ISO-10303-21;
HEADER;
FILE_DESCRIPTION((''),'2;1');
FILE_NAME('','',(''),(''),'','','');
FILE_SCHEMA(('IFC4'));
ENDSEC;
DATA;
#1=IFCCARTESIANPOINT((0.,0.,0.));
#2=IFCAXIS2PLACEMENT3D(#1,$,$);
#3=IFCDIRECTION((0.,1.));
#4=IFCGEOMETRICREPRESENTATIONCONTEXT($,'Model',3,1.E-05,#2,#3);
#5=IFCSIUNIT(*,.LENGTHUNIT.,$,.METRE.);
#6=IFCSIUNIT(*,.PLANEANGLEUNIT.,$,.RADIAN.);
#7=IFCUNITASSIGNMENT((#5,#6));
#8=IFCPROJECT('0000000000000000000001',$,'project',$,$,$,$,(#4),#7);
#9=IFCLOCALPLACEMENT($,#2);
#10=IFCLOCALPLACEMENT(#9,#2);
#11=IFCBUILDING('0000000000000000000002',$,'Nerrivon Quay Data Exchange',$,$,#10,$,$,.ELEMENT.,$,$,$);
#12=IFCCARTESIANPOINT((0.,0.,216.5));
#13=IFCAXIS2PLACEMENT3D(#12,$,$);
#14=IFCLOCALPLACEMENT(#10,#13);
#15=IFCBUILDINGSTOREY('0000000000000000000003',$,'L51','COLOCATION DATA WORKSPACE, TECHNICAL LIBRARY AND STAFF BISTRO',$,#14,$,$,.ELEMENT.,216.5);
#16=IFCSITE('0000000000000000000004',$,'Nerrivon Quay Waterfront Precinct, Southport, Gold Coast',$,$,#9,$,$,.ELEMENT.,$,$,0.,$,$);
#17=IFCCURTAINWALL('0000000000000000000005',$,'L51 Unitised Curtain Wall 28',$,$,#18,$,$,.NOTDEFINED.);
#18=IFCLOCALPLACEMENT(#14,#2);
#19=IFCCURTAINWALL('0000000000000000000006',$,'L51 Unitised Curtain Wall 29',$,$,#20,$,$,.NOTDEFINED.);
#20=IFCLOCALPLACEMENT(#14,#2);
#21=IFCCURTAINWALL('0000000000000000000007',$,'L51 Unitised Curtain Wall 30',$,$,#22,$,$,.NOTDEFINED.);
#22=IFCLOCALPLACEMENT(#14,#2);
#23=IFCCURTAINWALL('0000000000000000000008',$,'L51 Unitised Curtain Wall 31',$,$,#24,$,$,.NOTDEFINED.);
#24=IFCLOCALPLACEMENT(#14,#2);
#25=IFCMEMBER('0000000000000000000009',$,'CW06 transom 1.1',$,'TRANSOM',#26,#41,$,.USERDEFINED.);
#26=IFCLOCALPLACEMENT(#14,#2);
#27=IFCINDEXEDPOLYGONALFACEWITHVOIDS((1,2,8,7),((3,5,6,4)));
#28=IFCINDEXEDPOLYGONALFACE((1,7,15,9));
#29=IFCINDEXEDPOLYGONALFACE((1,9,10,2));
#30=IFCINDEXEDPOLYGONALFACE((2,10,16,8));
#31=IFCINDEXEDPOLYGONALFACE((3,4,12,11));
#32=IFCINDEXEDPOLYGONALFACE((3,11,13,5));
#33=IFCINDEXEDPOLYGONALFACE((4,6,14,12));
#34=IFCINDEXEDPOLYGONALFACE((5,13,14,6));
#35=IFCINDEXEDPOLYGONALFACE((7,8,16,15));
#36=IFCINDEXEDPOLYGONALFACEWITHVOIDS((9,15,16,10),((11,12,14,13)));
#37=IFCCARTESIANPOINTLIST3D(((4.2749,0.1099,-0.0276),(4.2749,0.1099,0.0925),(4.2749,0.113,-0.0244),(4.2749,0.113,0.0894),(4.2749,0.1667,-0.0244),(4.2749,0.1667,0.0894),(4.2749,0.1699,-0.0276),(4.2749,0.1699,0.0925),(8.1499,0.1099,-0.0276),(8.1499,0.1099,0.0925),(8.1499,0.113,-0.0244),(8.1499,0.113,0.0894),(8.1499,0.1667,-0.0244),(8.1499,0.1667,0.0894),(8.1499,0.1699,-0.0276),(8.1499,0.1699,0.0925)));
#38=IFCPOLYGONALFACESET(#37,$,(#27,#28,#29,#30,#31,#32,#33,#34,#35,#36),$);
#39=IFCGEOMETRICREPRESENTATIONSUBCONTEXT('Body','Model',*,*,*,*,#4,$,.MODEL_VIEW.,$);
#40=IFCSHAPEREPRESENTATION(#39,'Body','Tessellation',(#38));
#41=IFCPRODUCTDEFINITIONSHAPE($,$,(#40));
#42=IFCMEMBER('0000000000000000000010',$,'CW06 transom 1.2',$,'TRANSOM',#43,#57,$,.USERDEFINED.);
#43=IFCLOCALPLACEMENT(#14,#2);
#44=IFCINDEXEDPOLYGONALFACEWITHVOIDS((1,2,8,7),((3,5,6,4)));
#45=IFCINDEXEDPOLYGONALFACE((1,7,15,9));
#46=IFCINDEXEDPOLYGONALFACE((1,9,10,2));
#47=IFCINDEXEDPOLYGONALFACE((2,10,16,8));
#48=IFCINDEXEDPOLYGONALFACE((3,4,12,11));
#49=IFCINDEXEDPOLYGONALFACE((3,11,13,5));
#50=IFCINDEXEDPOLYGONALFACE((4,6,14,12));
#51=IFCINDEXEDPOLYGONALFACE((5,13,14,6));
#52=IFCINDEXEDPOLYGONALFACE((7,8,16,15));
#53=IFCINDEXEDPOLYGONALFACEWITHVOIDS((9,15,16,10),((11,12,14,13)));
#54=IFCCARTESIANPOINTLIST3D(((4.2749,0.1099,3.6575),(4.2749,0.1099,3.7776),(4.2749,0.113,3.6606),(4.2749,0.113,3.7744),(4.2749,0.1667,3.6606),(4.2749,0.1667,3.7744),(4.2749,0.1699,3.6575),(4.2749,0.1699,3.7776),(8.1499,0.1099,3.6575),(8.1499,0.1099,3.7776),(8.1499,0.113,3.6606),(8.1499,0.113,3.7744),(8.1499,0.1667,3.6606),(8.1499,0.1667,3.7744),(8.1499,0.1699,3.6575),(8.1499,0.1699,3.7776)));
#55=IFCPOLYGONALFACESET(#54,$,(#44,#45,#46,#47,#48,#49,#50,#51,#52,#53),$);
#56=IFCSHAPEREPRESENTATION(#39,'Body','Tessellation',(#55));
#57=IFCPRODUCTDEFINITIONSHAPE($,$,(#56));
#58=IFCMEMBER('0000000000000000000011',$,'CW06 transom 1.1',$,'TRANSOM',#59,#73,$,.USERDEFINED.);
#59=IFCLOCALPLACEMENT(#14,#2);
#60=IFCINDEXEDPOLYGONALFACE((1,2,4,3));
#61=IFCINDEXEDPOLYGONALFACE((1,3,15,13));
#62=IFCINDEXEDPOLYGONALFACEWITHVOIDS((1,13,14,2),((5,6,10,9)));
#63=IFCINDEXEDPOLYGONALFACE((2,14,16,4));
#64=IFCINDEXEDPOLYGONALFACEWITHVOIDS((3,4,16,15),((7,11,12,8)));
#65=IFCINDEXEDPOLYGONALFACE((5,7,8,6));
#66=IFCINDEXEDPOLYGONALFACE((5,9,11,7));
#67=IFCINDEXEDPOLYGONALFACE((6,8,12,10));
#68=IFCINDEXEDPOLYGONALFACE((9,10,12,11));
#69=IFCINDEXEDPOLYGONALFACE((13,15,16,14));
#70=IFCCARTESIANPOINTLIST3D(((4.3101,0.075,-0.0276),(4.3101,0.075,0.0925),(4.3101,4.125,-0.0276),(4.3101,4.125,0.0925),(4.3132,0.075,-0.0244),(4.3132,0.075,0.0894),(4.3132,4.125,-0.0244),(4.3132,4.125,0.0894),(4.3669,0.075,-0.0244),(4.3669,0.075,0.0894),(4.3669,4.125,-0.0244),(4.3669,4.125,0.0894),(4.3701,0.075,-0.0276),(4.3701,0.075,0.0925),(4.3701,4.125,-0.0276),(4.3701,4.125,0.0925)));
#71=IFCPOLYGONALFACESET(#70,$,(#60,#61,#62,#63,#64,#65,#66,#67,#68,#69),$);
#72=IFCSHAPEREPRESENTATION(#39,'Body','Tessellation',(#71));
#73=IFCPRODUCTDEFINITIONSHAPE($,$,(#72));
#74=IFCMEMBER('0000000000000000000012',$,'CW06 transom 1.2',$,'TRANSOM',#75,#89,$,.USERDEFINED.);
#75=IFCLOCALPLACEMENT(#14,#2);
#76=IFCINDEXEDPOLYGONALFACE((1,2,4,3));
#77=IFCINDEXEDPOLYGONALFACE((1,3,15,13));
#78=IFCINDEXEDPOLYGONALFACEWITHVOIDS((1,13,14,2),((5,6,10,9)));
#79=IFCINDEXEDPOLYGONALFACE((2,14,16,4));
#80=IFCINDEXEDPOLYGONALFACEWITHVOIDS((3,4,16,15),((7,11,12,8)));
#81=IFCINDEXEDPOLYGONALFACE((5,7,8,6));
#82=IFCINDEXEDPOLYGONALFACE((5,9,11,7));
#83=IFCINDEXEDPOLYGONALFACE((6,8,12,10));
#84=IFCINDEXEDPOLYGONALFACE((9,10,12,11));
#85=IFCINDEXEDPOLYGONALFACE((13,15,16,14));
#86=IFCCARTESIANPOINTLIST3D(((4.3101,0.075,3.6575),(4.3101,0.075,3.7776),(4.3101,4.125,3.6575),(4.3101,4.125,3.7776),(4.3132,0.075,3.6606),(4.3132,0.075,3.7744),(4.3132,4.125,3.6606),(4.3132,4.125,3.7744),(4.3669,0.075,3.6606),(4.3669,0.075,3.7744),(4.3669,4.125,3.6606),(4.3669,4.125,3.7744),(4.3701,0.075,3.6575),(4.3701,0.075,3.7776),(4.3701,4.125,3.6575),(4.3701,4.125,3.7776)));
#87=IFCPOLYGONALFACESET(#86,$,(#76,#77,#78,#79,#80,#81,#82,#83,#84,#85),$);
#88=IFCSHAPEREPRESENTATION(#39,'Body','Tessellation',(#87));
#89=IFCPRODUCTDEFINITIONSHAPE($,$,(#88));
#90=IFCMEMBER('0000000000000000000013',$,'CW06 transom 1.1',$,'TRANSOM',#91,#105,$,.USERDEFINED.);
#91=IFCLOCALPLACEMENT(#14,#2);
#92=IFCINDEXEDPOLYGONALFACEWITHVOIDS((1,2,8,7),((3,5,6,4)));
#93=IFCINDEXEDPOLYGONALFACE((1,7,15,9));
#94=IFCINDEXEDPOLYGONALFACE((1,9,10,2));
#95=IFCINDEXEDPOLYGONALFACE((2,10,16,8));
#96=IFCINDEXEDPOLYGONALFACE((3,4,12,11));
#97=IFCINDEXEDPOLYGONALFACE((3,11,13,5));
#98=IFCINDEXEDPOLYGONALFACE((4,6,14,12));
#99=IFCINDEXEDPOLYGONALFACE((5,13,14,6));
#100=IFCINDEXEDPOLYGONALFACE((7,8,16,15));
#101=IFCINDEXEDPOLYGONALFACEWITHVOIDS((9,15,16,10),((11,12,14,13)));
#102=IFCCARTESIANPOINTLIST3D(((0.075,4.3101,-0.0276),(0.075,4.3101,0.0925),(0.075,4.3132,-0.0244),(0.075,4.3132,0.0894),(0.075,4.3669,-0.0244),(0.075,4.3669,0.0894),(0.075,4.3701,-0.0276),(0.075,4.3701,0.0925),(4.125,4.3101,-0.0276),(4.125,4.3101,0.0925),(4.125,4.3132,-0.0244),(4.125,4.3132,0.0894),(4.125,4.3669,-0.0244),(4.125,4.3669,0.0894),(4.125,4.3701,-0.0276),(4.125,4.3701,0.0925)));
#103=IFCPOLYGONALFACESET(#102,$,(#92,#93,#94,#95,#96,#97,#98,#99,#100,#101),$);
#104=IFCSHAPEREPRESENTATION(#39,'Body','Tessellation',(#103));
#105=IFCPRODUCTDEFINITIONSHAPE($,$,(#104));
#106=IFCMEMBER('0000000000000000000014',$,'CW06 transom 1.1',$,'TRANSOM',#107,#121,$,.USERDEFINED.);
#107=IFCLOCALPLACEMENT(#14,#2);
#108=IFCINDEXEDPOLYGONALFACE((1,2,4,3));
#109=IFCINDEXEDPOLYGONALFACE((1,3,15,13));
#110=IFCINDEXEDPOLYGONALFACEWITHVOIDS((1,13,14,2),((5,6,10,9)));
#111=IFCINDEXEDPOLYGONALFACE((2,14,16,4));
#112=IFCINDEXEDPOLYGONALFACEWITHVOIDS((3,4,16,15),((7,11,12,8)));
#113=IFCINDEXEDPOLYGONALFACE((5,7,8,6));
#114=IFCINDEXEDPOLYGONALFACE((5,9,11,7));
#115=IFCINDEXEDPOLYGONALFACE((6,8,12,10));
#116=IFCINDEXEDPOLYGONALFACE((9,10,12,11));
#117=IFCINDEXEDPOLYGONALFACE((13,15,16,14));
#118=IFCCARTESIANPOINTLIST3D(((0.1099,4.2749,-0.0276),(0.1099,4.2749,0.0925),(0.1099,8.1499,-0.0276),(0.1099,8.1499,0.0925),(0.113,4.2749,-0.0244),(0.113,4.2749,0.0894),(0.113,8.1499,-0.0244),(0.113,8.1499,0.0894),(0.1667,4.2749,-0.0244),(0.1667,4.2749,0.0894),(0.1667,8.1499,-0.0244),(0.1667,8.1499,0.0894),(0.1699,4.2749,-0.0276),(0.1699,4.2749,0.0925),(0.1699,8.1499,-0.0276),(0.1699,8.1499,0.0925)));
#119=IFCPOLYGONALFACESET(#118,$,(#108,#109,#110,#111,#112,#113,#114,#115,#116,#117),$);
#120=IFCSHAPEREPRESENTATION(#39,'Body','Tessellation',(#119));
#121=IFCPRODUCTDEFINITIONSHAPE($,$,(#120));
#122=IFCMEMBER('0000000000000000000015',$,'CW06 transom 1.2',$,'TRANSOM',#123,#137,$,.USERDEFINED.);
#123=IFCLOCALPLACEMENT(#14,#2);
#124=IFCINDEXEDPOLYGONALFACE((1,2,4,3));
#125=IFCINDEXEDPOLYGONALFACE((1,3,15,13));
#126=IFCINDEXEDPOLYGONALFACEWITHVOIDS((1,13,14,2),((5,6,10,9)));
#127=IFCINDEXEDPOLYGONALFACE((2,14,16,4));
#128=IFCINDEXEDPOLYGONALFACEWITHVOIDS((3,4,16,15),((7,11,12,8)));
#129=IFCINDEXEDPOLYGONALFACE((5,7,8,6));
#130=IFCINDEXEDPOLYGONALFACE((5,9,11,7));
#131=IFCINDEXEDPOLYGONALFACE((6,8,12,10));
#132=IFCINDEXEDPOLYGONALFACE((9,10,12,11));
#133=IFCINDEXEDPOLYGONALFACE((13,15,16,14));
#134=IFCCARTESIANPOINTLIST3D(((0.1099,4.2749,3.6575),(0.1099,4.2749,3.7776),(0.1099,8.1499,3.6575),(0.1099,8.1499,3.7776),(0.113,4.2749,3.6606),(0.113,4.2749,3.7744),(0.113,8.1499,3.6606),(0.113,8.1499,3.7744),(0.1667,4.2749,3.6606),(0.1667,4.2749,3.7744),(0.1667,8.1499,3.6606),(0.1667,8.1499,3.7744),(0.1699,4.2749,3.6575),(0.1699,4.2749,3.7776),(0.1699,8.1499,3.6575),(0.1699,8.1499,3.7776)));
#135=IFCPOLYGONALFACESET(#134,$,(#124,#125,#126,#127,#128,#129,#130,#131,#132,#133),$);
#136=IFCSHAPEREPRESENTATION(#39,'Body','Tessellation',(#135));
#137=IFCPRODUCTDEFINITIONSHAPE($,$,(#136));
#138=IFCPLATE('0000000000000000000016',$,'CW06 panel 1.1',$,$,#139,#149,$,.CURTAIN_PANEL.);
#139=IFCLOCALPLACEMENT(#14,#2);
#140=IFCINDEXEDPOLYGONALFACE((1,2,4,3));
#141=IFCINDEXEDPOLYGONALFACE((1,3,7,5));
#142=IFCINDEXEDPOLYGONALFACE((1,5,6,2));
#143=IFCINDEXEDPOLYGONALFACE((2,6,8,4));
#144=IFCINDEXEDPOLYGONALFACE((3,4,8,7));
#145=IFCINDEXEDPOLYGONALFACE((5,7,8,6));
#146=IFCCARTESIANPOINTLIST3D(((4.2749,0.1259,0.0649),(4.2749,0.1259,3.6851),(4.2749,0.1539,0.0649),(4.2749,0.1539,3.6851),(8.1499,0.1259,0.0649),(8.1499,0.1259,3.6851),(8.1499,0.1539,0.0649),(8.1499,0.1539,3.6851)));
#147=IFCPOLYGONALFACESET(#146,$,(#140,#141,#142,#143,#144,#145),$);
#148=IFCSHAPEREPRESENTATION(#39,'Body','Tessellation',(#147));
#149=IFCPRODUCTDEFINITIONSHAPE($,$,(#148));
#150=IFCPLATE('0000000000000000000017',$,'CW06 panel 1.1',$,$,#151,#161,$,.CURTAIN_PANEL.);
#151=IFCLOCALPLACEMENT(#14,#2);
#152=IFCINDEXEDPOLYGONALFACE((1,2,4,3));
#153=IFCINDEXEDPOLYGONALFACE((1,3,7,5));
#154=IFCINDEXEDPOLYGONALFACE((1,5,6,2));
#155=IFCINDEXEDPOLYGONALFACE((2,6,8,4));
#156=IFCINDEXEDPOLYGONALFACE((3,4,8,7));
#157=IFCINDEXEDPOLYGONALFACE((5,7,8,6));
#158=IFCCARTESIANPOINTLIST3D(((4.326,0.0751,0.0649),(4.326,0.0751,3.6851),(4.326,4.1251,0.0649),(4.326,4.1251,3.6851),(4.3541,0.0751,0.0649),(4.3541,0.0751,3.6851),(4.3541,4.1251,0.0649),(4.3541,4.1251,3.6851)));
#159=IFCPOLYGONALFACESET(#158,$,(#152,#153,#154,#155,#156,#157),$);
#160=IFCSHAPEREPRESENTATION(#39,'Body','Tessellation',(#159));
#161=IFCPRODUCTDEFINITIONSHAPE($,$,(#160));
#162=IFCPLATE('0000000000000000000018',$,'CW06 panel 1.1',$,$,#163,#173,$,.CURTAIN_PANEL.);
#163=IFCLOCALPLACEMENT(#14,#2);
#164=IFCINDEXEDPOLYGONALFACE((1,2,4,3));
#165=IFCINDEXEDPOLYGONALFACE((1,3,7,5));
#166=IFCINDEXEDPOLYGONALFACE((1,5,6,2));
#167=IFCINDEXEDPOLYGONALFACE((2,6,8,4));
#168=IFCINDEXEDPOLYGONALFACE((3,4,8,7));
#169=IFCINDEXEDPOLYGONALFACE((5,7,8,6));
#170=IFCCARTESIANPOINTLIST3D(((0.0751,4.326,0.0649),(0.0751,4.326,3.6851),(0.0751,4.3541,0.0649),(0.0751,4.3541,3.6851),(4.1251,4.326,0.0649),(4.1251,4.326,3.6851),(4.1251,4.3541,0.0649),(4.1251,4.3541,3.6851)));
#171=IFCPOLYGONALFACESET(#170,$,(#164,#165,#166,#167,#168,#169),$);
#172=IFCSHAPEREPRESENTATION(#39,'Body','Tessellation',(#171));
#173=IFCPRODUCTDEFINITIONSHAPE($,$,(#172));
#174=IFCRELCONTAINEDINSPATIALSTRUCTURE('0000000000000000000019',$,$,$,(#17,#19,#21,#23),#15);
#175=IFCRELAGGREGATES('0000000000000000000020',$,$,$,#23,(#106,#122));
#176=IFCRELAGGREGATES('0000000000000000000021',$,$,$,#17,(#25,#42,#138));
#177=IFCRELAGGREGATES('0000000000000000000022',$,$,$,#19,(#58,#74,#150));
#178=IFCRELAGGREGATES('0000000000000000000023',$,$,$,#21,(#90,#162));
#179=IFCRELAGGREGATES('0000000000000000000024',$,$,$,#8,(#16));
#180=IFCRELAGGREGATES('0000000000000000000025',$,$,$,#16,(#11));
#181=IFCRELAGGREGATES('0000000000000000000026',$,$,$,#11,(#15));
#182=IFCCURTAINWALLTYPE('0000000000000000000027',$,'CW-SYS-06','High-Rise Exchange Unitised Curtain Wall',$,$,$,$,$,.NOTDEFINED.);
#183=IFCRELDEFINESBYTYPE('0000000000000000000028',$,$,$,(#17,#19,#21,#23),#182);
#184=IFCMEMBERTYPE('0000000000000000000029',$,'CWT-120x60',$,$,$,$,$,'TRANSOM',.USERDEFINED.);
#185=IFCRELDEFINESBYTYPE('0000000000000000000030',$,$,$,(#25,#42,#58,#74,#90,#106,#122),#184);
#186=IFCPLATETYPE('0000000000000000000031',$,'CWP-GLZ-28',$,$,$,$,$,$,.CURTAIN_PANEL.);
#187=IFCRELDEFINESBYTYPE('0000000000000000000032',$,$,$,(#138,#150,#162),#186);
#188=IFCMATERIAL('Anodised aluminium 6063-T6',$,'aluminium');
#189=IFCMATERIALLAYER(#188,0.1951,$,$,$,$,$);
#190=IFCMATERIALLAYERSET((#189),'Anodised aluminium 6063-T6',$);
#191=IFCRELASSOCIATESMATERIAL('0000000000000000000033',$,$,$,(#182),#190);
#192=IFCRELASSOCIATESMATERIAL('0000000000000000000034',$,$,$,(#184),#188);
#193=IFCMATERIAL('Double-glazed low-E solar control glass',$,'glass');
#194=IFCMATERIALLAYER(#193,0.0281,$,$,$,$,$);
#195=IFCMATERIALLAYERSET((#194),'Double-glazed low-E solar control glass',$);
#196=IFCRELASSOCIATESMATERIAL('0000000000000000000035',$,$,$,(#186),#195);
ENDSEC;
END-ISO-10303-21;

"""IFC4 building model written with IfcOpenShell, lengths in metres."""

from ifc_helpers import new_model, si_unit, direction, frame, origin, origin_2d, place, context, subcontext, project, spatial, rectangle, hollow_rectangle, extrude, material, layer, layer_set, material_profile, profile_set, type_object, element, aggregate, save


model = new_model("IFC4")

# Units and contexts
model_context = context("Model", 3, precision=1e-05, world=origin(), true_north=direction((0.0, 1.0)))
body_context = subcontext(model_context, "Body", "Model", "MODEL_VIEW")
ifc_project = project(units=[si_unit("LENGTHUNIT", "METRE"), si_unit("PLANEANGLEUNIT", "RADIAN")], contexts=[model_context])

# Site, building, storey
site_placement = place(None, origin())
site = spatial("IfcSite", under=ifc_project, at=site_placement, Name="Nerrivon Quay Waterfront Precinct, Southport, Gold Coast", CompositionType="ELEMENT", RefElevation=0.0)
building_placement = place(site_placement, origin())
building = spatial("IfcBuilding", under=site, at=building_placement, Name="Nerrivon Quay Data Exchange", CompositionType="ELEMENT")
storey_placement = place(building_placement, frame((0.0, 0.0, 216.5)))
storey = spatial("IfcBuildingStorey", under=building, at=storey_placement, Name="L51", Description="COLOCATION DATA WORKSPACE, TECHNICAL LIBRARY AND STAFF BISTRO", CompositionType="ELEMENT", Elevation=216.5)

# Shared definitions
ifc_material_1 = material(Name="Anodised aluminium 6063-T6", Category="aluminium")
ifc_layer_1 = layer(ifc_material_1, 0.1951)
ifc_layer_set_1 = layer_set([ifc_layer_1], Name="Anodised aluminium 6063-T6")
curtain_wall_type = type_object("IfcCurtainWallType", Name="CW-SYS-06", Description="High-Rise Exchange Unitised Curtain Wall", PredefinedType="NOTDEFINED", material=ifc_layer_set_1)

# Curtain walls
curtain_wall_1_placement = place(storey_placement, origin())
curtain_wall_1 = element("IfcCurtainWall", 1, at=curtain_wall_1_placement, inside=storey, type_object=curtain_wall_type, Name="L51 Unitised Curtain Wall 28", PredefinedType="NOTDEFINED")
curtain_wall_2_placement = place(storey_placement, origin())
curtain_wall_2 = element("IfcCurtainWall", 2, at=curtain_wall_2_placement, inside=storey, type_object=curtain_wall_type, Name="L51 Unitised Curtain Wall 29", PredefinedType="NOTDEFINED")

# Curtain walls
curtain_wall_3_placement = place(storey_placement, origin())
curtain_wall_3 = element("IfcCurtainWall", 3, at=curtain_wall_3_placement, inside=storey, type_object=curtain_wall_type, Name="L51 Unitised Curtain Wall 30", PredefinedType="NOTDEFINED")
curtain_wall_4_placement = place(storey_placement, origin())
curtain_wall_4 = element("IfcCurtainWall", 4, at=curtain_wall_4_placement, inside=storey, type_object=curtain_wall_type, Name="L51 Unitised Curtain Wall 31", PredefinedType="NOTDEFINED")

# Members
ifc_material_profile_1 = material_profile(ifc_material_1, hollow_rectangle(XDim=0.0601, YDim=0.1201, WallThickness=0.0032, at=origin_2d()), Name="ALU-TRAN-120x60")
ifc_profile_set_1 = profile_set([ifc_material_profile_1], Name="Anodised aluminium 6063-T6")
member_type_1 = type_object("IfcMemberType", Name="CWT-120x60", ElementType="TRANSOM", PredefinedType="USERDEFINED", material=ifc_profile_set_1)
member_1_placement = place(storey_placement, frame((8.1499, 0.1399, 0.0325), z_axis=(-1.0, 0.0, 0.0), x_axis=(0.0, -1.0, 0.0)))
member_1 = element("IfcMember", 5, at=member_1_placement, type_object=member_type_1, Name="CW06 transom 1.1", ObjectType="TRANSOM", PredefinedType="USERDEFINED", context=body_context, shape_type="SweptSolid", body=[
    extrude(hollow_rectangle(XDim=0.0601, YDim=0.1201, WallThickness=0.0032, at=origin_2d()), origin(), (0.0, 0.0, 1.0), 3.875),
])
member_2_placement = place(storey_placement, frame((8.1499, 0.1399, 3.7175), z_axis=(-1.0, 0.0, 0.0), x_axis=(0.0, -1.0, 0.0)))
member_2 = element("IfcMember", 6, at=member_2_placement, type_object=member_type_1, Name="CW06 transom 1.2", ObjectType="TRANSOM", PredefinedType="USERDEFINED", context=body_context, shape_type="SweptSolid", body=[
    extrude(hollow_rectangle(XDim=0.0601, YDim=0.1201, WallThickness=0.0032, at=origin_2d()), origin(), (0.0, 0.0, 1.0), 3.875),
])
member_3_placement = place(storey_placement, frame((4.3401, 0.075, 0.0325), z_axis=(0.0, 1.0, 0.0), x_axis=(-1.0, 0.0, 0.0)))
member_3 = element("IfcMember", 7, at=member_3_placement, type_object=member_type_1, Name="CW06 transom 1.1", ObjectType="TRANSOM", PredefinedType="USERDEFINED", context=body_context, shape_type="SweptSolid", body=[
    extrude(hollow_rectangle(XDim=0.0601, YDim=0.1201, WallThickness=0.0032, at=origin_2d()), origin(), (0.0, 0.0, 1.0), 4.05),
])
member_4_placement = place(storey_placement, frame((4.3401, 0.075, 3.7175), z_axis=(0.0, 1.0, 0.0), x_axis=(-1.0, 0.0, 0.0)))
member_4 = element("IfcMember", 8, at=member_4_placement, type_object=member_type_1, Name="CW06 transom 1.2", ObjectType="TRANSOM", PredefinedType="USERDEFINED", context=body_context, shape_type="SweptSolid", body=[
    extrude(hollow_rectangle(XDim=0.0601, YDim=0.1201, WallThickness=0.0032, at=origin_2d()), origin(), (0.0, 0.0, 1.0), 4.05),
])
member_5_placement = place(storey_placement, frame((4.125, 4.3401, 0.0325), z_axis=(-1.0, 0.0, 0.0), x_axis=(0.0, -1.0, 0.0)))
member_5 = element("IfcMember", 9, at=member_5_placement, type_object=member_type_1, Name="CW06 transom 1.1", ObjectType="TRANSOM", PredefinedType="USERDEFINED", context=body_context, shape_type="SweptSolid", body=[
    extrude(hollow_rectangle(XDim=0.0601, YDim=0.1201, WallThickness=0.0032, at=origin_2d()), origin(), (0.0, 0.0, 1.0), 4.05),
])
member_6_placement = place(storey_placement, frame((0.1399, 4.2749, 0.0325), z_axis=(0.0, 1.0, 0.0), x_axis=(-1.0, 0.0, 0.0)))
member_6 = element("IfcMember", 10, at=member_6_placement, type_object=member_type_1, Name="CW06 transom 1.1", ObjectType="TRANSOM", PredefinedType="USERDEFINED", context=body_context, shape_type="SweptSolid", body=[
    extrude(hollow_rectangle(XDim=0.0601, YDim=0.1201, WallThickness=0.0032, at=origin_2d()), origin(), (0.0, 0.0, 1.0), 3.875),
])
member_7_placement = place(storey_placement, frame((0.1399, 4.2749, 3.7175), z_axis=(0.0, 1.0, 0.0), x_axis=(-1.0, 0.0, 0.0)))
member_7 = element("IfcMember", 11, at=member_7_placement, type_object=member_type_1, Name="CW06 transom 1.2", ObjectType="TRANSOM", PredefinedType="USERDEFINED", context=body_context, shape_type="SweptSolid", body=[
    extrude(hollow_rectangle(XDim=0.0601, YDim=0.1201, WallThickness=0.0032, at=origin_2d()), origin(), (0.0, 0.0, 1.0), 3.875),
])
aggregate(curtain_wall_4, [member_6, member_7])

# Plates
ifc_material_2 = material(Name="Double-glazed low-E solar control glass", Category="glass")
ifc_layer_2 = layer(ifc_material_2, 0.0281)
ifc_layer_set_2 = layer_set([ifc_layer_2], Name="Double-glazed low-E solar control glass")
plate_type = type_object("IfcPlateType", Name="CWP-GLZ-28", PredefinedType="CURTAIN_PANEL", material=ifc_layer_set_2)
plate_1_placement = place(storey_placement, frame((6.2124, 0.1399, 0.0649), z_axis=(0.0, 0.0, 1.0), x_axis=(-1.0, 0.0, 0.0)))
plate_1 = element("IfcPlate", 12, at=plate_1_placement, type_object=plate_type, Name="CW06 panel 1.1", PredefinedType="CURTAIN_PANEL", context=body_context, shape_type="SweptSolid", body=[
    extrude(rectangle(XDim=3.875, YDim=0.0281, at=origin_2d()), origin(), (0.0, 0.0, 1.0), 3.6201),
])
aggregate(curtain_wall_1, [member_1, member_2, plate_1])
plate_2_placement = place(storey_placement, frame((4.3401, 2.1001, 0.0649), z_axis=(0.0, 0.0, 1.0), x_axis=(0.0, 1.0, 0.0)))
plate_2 = element("IfcPlate", 13, at=plate_2_placement, type_object=plate_type, Name="CW06 panel 1.1", PredefinedType="CURTAIN_PANEL", context=body_context, shape_type="SweptSolid", body=[
    extrude(rectangle(XDim=4.05, YDim=0.0281, at=origin_2d()), origin(), (0.0, 0.0, 1.0), 3.6201),
])
aggregate(curtain_wall_2, [member_3, member_4, plate_2])
plate_3_placement = place(storey_placement, frame((2.1001, 4.3401, 0.0649), z_axis=(0.0, 0.0, 1.0), x_axis=(-1.0, 0.0, 0.0)))
plate_3 = element("IfcPlate", 14, at=plate_3_placement, type_object=plate_type, Name="CW06 panel 1.1", PredefinedType="CURTAIN_PANEL", context=body_context, shape_type="SweptSolid", body=[
    extrude(rectangle(XDim=4.05, YDim=0.0281, at=origin_2d()), origin(), (0.0, 0.0, 1.0), 3.6201),
])
aggregate(curtain_wall_3, [member_5, plate_3])

save(model, "model.ifc")
